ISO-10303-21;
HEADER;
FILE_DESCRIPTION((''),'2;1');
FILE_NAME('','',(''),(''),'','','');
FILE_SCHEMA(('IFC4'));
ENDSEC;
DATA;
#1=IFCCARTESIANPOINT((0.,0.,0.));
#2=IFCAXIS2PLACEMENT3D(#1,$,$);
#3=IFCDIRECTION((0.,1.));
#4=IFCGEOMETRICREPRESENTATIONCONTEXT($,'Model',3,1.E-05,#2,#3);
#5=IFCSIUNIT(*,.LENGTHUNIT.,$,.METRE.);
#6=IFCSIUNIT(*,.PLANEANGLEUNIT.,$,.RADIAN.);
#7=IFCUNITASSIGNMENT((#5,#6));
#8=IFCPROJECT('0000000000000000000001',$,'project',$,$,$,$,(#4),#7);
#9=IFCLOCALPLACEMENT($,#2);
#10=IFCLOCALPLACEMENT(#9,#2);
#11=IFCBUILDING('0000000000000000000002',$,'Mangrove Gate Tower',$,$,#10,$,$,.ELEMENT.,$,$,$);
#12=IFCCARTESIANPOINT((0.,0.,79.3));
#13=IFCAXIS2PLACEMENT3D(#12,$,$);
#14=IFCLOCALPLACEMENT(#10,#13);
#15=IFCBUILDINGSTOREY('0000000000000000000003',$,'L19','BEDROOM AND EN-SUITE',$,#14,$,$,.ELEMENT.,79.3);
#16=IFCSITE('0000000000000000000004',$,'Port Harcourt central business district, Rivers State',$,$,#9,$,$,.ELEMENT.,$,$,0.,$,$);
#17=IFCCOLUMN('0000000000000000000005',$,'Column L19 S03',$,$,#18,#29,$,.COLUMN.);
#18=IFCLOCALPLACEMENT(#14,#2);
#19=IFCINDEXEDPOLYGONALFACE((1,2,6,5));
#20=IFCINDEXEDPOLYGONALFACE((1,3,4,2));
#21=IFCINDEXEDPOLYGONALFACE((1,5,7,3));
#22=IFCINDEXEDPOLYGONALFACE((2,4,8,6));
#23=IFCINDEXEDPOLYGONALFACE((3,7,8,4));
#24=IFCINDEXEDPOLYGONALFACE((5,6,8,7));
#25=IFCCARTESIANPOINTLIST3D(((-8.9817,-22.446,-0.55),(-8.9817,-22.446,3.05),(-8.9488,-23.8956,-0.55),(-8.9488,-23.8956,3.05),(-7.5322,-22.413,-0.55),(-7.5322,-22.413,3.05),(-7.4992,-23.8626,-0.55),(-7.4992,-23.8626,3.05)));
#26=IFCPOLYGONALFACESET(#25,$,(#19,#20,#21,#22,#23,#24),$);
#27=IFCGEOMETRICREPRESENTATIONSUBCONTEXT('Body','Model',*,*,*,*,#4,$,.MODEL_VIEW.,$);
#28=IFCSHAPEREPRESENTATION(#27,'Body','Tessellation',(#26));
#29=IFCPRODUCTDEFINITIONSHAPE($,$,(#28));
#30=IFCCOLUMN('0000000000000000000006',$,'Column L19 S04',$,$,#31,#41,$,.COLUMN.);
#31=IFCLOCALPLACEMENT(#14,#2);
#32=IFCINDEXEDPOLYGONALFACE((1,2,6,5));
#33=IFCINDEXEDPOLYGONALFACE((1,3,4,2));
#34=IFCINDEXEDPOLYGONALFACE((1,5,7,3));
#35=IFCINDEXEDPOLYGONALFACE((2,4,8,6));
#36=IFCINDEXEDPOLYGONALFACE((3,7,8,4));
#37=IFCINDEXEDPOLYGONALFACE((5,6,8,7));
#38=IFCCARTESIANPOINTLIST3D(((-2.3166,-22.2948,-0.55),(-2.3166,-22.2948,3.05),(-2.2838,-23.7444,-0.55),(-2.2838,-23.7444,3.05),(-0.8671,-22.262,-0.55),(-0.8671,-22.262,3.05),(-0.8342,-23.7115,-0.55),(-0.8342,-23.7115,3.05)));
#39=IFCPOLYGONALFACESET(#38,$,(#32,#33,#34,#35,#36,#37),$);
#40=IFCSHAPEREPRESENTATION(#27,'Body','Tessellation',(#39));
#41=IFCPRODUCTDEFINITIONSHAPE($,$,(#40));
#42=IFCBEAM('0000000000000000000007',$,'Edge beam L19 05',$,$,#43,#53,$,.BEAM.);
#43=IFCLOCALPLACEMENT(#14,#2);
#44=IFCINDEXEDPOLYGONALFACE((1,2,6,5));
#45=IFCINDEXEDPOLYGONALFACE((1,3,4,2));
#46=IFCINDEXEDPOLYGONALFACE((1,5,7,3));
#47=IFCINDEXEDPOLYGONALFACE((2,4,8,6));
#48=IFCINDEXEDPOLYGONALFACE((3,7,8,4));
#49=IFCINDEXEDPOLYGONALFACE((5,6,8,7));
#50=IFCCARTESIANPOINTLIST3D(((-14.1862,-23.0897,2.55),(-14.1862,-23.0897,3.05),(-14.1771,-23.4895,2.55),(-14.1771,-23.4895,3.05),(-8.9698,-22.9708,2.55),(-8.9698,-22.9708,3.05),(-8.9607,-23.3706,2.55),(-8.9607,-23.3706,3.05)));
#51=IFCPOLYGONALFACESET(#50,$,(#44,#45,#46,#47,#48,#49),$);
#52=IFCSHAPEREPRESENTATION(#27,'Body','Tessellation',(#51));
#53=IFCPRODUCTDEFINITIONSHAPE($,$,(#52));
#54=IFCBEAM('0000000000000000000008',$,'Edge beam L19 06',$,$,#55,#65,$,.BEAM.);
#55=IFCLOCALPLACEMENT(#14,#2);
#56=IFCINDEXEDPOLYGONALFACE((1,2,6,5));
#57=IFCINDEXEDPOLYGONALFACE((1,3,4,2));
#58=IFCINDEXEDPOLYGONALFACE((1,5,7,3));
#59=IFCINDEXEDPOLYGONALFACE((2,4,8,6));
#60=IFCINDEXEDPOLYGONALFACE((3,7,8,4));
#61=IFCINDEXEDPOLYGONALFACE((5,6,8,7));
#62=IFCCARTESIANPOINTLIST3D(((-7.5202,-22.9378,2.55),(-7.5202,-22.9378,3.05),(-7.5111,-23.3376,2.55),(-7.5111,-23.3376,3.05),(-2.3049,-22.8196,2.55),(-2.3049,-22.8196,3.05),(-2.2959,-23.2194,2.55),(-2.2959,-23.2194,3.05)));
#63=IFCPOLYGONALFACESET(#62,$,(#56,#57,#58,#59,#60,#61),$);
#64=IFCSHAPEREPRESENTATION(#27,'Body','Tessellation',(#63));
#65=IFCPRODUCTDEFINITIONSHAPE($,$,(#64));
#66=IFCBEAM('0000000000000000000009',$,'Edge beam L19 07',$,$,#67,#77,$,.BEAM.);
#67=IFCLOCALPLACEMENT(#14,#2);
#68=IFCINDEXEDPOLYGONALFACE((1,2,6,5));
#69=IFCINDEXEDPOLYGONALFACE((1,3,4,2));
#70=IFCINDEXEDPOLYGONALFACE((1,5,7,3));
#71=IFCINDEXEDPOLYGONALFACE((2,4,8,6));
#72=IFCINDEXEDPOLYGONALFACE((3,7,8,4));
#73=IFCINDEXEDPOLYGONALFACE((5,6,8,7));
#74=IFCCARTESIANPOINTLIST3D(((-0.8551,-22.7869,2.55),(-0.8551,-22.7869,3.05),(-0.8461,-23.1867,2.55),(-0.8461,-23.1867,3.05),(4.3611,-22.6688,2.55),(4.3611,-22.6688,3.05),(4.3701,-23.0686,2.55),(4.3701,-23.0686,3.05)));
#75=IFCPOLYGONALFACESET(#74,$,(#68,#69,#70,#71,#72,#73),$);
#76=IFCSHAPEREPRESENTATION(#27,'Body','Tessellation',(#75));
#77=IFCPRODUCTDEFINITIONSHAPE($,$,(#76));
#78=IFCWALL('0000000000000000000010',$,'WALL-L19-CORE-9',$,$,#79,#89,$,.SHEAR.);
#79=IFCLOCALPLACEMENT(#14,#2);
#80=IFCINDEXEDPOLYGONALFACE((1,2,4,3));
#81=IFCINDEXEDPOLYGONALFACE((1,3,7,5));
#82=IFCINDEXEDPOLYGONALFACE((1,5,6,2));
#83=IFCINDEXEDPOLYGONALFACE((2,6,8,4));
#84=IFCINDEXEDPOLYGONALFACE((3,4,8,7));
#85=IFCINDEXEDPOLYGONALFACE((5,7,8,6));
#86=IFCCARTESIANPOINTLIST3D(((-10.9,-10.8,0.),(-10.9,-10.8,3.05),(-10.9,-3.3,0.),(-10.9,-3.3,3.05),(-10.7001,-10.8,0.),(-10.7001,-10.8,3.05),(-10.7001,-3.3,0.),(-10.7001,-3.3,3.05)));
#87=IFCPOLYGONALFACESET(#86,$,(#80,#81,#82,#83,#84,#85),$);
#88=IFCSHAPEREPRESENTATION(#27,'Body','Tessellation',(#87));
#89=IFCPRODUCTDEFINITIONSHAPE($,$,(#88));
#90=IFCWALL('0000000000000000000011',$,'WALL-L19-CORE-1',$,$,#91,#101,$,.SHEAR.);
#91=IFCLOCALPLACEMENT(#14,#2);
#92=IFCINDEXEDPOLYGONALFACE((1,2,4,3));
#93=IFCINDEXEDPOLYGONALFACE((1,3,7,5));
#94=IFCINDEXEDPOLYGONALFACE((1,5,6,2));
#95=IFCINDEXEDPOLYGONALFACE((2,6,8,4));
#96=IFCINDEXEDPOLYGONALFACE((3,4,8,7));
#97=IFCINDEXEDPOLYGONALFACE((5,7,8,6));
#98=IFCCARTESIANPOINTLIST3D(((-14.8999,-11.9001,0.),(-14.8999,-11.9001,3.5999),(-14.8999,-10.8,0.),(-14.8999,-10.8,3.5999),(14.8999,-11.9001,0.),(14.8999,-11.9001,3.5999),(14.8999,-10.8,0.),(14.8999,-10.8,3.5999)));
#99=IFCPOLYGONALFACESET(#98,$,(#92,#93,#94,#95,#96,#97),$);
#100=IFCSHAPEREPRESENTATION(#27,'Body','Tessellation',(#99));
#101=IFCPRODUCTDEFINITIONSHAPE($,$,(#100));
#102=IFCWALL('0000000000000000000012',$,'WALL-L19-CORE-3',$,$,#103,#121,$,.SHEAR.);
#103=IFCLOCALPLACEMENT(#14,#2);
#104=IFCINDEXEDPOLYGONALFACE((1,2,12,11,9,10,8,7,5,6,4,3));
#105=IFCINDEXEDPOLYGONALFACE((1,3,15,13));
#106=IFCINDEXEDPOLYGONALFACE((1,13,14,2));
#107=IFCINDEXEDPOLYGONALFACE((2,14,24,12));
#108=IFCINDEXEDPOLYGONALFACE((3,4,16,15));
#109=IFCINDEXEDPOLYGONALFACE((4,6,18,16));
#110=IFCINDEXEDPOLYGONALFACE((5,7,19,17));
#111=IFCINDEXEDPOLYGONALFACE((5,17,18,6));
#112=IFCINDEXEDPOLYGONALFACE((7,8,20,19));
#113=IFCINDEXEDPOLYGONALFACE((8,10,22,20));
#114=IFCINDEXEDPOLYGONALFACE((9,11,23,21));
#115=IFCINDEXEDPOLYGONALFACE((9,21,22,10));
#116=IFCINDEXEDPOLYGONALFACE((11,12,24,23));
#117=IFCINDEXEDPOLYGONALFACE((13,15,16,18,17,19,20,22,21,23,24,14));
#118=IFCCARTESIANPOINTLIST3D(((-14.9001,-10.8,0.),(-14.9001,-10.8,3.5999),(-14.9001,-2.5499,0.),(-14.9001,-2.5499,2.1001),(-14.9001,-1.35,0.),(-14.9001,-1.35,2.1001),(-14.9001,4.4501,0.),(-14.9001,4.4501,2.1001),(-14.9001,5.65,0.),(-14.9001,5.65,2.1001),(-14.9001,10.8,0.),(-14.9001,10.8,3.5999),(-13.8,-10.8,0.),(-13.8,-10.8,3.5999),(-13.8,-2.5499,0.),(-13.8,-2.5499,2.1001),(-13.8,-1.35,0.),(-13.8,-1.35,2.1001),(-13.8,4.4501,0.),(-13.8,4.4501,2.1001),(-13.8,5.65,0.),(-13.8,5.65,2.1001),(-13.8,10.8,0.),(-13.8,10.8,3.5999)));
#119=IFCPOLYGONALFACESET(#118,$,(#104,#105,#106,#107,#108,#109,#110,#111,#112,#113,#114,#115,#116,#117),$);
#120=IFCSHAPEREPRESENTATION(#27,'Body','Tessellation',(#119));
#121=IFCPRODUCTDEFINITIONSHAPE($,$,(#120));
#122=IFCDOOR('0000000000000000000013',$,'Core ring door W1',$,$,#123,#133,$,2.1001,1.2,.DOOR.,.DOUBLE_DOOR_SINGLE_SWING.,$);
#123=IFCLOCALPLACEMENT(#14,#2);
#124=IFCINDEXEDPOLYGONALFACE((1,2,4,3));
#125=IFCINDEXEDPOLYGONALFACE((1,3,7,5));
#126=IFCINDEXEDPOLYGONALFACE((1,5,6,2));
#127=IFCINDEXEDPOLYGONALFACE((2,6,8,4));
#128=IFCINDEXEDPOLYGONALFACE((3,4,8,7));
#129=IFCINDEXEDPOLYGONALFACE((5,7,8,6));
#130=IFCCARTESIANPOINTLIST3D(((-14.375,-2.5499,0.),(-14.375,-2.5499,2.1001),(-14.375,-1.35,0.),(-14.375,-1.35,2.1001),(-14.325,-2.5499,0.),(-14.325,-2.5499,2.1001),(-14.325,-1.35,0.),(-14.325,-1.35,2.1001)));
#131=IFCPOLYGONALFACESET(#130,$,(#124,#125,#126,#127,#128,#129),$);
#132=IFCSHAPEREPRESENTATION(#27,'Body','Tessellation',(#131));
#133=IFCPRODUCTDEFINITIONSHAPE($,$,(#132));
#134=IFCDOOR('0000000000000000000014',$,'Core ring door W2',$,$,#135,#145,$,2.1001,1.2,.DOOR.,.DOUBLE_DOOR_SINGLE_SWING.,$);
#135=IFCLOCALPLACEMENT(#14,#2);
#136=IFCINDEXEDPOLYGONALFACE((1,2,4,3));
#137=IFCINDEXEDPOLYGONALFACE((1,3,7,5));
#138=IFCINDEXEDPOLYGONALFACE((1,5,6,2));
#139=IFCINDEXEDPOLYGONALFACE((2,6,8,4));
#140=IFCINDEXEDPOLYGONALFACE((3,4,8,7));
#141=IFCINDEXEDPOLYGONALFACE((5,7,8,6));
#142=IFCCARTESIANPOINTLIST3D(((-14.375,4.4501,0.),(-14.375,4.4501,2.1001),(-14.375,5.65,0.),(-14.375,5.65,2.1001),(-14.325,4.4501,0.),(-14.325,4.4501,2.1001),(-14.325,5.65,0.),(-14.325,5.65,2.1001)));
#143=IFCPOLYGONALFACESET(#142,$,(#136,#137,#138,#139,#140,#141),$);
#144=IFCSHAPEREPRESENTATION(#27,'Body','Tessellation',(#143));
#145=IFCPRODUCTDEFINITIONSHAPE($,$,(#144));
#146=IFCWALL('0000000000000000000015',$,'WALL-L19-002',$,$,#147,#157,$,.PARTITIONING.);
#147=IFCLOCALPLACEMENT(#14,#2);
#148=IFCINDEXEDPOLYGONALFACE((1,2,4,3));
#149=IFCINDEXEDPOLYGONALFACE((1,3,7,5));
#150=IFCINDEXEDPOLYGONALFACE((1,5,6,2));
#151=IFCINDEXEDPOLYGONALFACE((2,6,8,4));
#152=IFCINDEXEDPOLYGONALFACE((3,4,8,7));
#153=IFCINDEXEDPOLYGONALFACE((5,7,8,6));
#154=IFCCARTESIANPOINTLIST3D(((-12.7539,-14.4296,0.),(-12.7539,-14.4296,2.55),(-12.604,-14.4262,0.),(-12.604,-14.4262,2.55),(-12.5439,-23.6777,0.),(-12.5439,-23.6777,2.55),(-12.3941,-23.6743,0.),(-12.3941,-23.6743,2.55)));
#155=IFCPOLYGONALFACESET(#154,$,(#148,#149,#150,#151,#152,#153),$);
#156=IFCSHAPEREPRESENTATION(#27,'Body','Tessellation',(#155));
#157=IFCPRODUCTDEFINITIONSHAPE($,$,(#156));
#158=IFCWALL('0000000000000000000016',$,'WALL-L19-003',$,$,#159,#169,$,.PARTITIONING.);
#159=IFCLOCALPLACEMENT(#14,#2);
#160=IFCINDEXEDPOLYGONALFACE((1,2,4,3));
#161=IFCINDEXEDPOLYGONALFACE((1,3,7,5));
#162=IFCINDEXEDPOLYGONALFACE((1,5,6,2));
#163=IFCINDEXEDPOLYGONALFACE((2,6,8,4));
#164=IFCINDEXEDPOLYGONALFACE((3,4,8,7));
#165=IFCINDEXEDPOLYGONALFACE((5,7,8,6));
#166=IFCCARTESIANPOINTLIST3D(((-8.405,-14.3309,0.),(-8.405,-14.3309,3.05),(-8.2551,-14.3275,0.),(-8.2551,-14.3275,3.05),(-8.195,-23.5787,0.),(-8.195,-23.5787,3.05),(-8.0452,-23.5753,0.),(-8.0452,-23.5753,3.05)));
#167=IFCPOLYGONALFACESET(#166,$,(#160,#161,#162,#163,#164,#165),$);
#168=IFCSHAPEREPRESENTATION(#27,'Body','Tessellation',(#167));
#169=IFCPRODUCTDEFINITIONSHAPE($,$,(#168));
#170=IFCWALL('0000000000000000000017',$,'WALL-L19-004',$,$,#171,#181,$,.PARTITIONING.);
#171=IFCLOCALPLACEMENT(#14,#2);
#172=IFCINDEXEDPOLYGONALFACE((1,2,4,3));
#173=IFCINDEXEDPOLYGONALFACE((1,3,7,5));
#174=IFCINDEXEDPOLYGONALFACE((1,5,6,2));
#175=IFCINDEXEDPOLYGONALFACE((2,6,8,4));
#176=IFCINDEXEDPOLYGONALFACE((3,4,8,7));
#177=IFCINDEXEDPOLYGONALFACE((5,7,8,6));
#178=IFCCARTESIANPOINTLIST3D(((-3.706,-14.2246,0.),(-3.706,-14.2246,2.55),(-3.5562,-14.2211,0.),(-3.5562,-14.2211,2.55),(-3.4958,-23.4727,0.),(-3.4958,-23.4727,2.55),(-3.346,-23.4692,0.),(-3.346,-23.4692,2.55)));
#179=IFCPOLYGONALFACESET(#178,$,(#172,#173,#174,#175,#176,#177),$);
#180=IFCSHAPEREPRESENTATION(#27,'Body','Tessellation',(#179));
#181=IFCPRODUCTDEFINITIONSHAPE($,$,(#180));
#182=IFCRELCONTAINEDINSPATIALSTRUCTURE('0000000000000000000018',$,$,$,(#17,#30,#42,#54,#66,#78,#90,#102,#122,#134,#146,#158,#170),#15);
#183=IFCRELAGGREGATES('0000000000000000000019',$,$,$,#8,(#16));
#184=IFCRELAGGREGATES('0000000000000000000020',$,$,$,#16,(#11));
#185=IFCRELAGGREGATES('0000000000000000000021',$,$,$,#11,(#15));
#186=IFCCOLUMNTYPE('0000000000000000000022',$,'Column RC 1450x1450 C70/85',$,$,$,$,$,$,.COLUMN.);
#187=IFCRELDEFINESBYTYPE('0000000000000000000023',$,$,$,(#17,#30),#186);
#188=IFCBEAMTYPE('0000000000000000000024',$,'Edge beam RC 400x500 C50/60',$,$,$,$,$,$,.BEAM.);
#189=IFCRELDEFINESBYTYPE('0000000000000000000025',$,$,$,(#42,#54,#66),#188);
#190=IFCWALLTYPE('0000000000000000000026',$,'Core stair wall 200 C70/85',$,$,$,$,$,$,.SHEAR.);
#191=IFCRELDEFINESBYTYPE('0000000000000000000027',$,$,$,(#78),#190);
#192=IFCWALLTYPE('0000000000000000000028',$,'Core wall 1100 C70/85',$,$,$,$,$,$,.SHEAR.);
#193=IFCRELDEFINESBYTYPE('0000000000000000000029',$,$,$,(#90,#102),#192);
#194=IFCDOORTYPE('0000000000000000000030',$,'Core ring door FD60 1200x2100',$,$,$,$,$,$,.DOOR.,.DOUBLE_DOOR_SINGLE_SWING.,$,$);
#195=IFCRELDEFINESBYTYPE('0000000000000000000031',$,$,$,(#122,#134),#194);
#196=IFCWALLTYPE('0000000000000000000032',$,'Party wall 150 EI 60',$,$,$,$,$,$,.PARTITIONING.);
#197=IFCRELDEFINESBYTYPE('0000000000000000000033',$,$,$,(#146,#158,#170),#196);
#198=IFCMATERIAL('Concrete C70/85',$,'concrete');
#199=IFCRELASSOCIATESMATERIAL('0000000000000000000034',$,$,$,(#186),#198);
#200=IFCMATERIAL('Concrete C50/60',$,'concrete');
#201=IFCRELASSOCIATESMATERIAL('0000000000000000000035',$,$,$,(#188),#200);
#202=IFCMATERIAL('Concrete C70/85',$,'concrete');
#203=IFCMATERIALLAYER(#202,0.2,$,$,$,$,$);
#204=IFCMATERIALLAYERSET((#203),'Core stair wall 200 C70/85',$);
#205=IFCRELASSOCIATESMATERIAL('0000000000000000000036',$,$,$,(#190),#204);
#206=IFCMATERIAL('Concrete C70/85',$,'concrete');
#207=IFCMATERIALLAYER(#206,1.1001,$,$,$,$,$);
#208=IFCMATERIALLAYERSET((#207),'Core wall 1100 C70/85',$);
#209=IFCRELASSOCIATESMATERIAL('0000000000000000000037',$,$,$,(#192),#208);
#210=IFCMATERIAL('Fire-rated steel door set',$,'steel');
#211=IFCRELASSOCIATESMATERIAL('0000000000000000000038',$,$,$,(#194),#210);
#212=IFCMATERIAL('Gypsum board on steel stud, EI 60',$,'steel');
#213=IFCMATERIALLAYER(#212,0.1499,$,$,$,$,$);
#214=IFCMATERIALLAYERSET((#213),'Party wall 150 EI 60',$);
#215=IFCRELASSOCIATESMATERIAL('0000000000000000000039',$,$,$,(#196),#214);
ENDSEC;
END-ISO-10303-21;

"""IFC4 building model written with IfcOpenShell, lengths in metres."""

from ifc_helpers import new_model, si_unit, direction, frame, frame_2d, origin, origin_2d, place, context, subcontext, project, spatial, rectangle, extrude, material, layer, layer_set, material_profile, profile_set, type_object, element, fill, save


model = new_model("IFC4")

# Units and contexts
model_context = context("Model", 3, precision=1e-05, world=origin(), true_north=direction((0.0, 1.0)))
body_context = subcontext(model_context, "Body", "Model", "MODEL_VIEW")
ifc_project = project(units=[si_unit("LENGTHUNIT", "METRE"), si_unit("PLANEANGLEUNIT", "RADIAN")], contexts=[model_context])

# Site, building, storey
site_placement = place(None, origin())
site = spatial("IfcSite", under=ifc_project, at=site_placement, Name="Port Harcourt central business district, Rivers State", CompositionType="ELEMENT", RefElevation=0.0)
building_placement = place(site_placement, origin())
building = spatial("IfcBuilding", under=site, at=building_placement, Name="Mangrove Gate Tower", CompositionType="ELEMENT")
storey_placement = place(building_placement, frame((0.0, 0.0, 79.3)))
storey = spatial("IfcBuildingStorey", under=building, at=storey_placement, Name="L19", Description="BEDROOM AND EN-SUITE", CompositionType="ELEMENT", Elevation=79.3)

# Columns
ifc_material_1 = material(Name="Concrete C70/85", Category="concrete")
ifc_material_profile_1 = material_profile(ifc_material_1, rectangle(XDim=1.45, YDim=1.45, at=origin_2d()))
ifc_profile_set_1 = profile_set([ifc_material_profile_1], Name="Concrete C70/85")
column_type = type_object("IfcColumnType", Name="Column RC 1450x1450 C70/85", PredefinedType="COLUMN", material=ifc_profile_set_1)
for number, where, z_axis, x_axis, name in (
    (1, (-8.2405, -23.1543, -0.55), (0.0, 0.0, 1.0), (0.999742, 0.022723, 0.0), "Column L19 S03"),
    (2, (-1.5754, -23.0032, -0.55), (0.0, 0.0, 1.0), (0.999743, 0.022648, 0.0), "Column L19 S04"),
):
    element("IfcColumn", number, at=place(storey_placement, frame(where, z_axis=z_axis, x_axis=x_axis)), inside=storey, type_object=column_type, Name=name, PredefinedType="COLUMN", context=body_context, shape_type="SweptSolid", body=[
        extrude(rectangle(XDim=1.45, YDim=1.45, at=origin_2d()), origin(), (0.0, 0.0, 1.0), 3.6001),
    ])

# Beams
ifc_material_2 = material(Name="Concrete C50/60", Category="concrete")
ifc_material_profile_2 = material_profile(ifc_material_2, rectangle(XDim=0.3999, YDim=0.5, at=origin_2d()))
ifc_profile_set_2 = profile_set([ifc_material_profile_2], Name="Concrete C50/60")
beam_type = type_object("IfcBeamType", Name="Edge beam RC 400x500 C50/60", PredefinedType="BEAM", material=ifc_profile_set_2)
beam_1_placement = place(storey_placement, frame((-14.1816, -23.2896, 2.8), z_axis=(0.99974, 0.022787, 0.0), x_axis=(-0.022787, 0.99974, 0.0)))
element("IfcBeam", 3, at=beam_1_placement, inside=storey, type_object=beam_type, Name="Edge beam L19 05", PredefinedType="BEAM", context=body_context, shape_type="SweptSolid", body=[
    extrude(rectangle(XDim=0.3999, YDim=0.5, at=origin_2d()), origin(), (0.0, 0.0, 1.0), 5.2178),
])
beam_2_placement = place(storey_placement, frame((-7.5156, -23.1377, 2.8), z_axis=(0.999743, 0.022651, 0.0), x_axis=(-0.022651, 0.999743, 0.0)))
element("IfcBeam", 4, at=beam_2_placement, inside=storey, type_object=beam_type, Name="Edge beam L19 06", PredefinedType="BEAM", context=body_context, shape_type="SweptSolid", body=[
    extrude(rectangle(XDim=0.3999, YDim=0.5, at=origin_2d()), origin(), (0.0, 0.0, 1.0), 5.2166),
])
beam_3_placement = place(storey_placement, frame((-0.8506, -22.9868, 2.8), z_axis=(0.999744, 0.022647, 0.0), x_axis=(-0.022647, 0.999744, 0.0)))
element("IfcBeam", 5, at=beam_3_placement, inside=storey, type_object=beam_type, Name="Edge beam L19 07", PredefinedType="BEAM", context=body_context, shape_type="SweptSolid", body=[
    extrude(rectangle(XDim=0.3999, YDim=0.5, at=origin_2d()), origin(), (0.0, 0.0, 1.0), 5.2175),
])

# Walls
ifc_material_3 = material(Name="Concrete C70/85", Category="concrete")
ifc_layer_1 = layer(ifc_material_3, 0.2)
ifc_layer_set_1 = layer_set([ifc_layer_1], Name="Core stair wall 200 C70/85")
wall_type_1 = type_object("IfcWallType", Name="Core stair wall 200 C70/85", PredefinedType="SHEAR", material=ifc_layer_set_1)
wall_1_placement = place(storey_placement, frame((-10.8, -10.8, 0.0), z_axis=(0.0, 0.0, 1.0), x_axis=(0.0, 1.0, 0.0)))
element("IfcWall", 6, at=wall_1_placement, inside=storey, type_object=wall_type_1, Name="WALL-L19-CORE-9", PredefinedType="SHEAR", context=body_context, shape_type="SweptSolid", body=[
    extrude(rectangle(XDim=7.5, YDim=0.2, at=frame_2d((3.75, 0.0))), origin(), (0.0, 0.0, 1.0), 3.05),
])
ifc_material_4 = material(Name="Concrete C70/85", Category="concrete")
ifc_layer_2 = layer(ifc_material_4, 1.1001)
ifc_layer_set_2 = layer_set([ifc_layer_2], Name="Core wall 1100 C70/85")
wall_type_2 = type_object("IfcWallType", Name="Core wall 1100 C70/85", PredefinedType="SHEAR", material=ifc_layer_set_2)
wall_2_placement = place(storey_placement, frame((-14.8999, -11.3501, 0.0), z_axis=(0.0, 0.0, 1.0), x_axis=(1.0, 0.0, 0.0)))
element("IfcWall", 7, at=wall_2_placement, inside=storey, type_object=wall_type_2, Name="WALL-L19-CORE-1", PredefinedType="SHEAR", context=body_context, shape_type="SweptSolid", body=[
    extrude(rectangle(XDim=29.7998, YDim=1.1001, at=frame_2d((14.8999, 0.0))), origin(), (0.0, 0.0, 1.0), 3.5999),
])

# Wall, openings, doors
wall_3_placement = place(storey_placement, frame((-14.3501, -10.8, 0.0), z_axis=(0.0, 0.0, 1.0), x_axis=(0.0, 1.0, 0.0)))
wall_3 = element("IfcWall", 8, at=wall_3_placement, inside=storey, type_object=wall_type_2, Name="WALL-L19-CORE-3", PredefinedType="SHEAR", context=body_context, shape_type="SweptSolid", body=[
    extrude(rectangle(XDim=21.6001, YDim=1.1001, at=frame_2d((10.8, 0.0))), origin(), (0.0, 0.0, 1.0), 3.5999),
])
opening_1_placement = place(wall_3_placement, frame((8.25, 0.0, 0.0)))
opening_1 = element("IfcOpeningElement", 9, at=opening_1_placement, cuts=wall_3, PredefinedType="OPENING", context=body_context, shape_type="SweptSolid", body=[
    extrude(rectangle(XDim=1.2, YDim=2.1001, at=frame_2d((0.6001, 1.05))), frame((0.0, 0.5601, 0.0), z_axis=(0.0, -1.0, 0.0), x_axis=(1.0, 0.0, 0.0)), (0.0, 0.0, 1.0), 1.1201),
])
opening_2_placement = place(wall_3_placement, frame((15.25, 0.0, 0.0)))
opening_2 = element("IfcOpeningElement", 10, at=opening_2_placement, cuts=wall_3, PredefinedType="OPENING", context=body_context, shape_type="SweptSolid", body=[
    extrude(rectangle(XDim=1.2, YDim=2.1001, at=frame_2d((0.6001, 1.05))), frame((0.0, 0.5601, 0.0), z_axis=(0.0, -1.0, 0.0), x_axis=(1.0, 0.0, 0.0)), (0.0, 0.0, 1.0), 1.1201),
])
ifc_material_5 = material(Name="Fire-rated steel door set", Category="steel")
door_type_1 = type_object("IfcDoorType", Name="Core ring door FD60 1200x2100", OperationType="DOUBLE_DOOR_SINGLE_SWING", PredefinedType="DOOR", material=ifc_material_5)
door_1_placement = place(opening_1_placement, origin())
door_1 = element("IfcDoor", 11, at=door_1_placement, inside=storey, type_object=door_type_1, Name="Core ring door W1", OperationType="DOUBLE_DOOR_SINGLE_SWING", OverallHeight=2.1001, OverallWidth=1.2, PredefinedType="DOOR", context=body_context, shape_type="SweptSolid", body=[
    extrude(rectangle(XDim=1.2, YDim=2.1001, at=frame_2d((0.6001, 1.05))), frame((0.0, 0.0249, 0.0), z_axis=(0.0, -1.0, 0.0), x_axis=(1.0, 0.0, 0.0)), (0.0, 0.0, 1.0), 0.05),
])
fill(opening_1, door_1)
door_2_placement = place(opening_2_placement, origin())
door_2 = element("IfcDoor", 12, at=door_2_placement, inside=storey, type_object=door_type_1, Name="Core ring door W2", OperationType="DOUBLE_DOOR_SINGLE_SWING", OverallHeight=2.1001, OverallWidth=1.2, PredefinedType="DOOR", context=body_context, shape_type="SweptSolid", body=[
    extrude(rectangle(XDim=1.2, YDim=2.1001, at=frame_2d((0.6001, 1.05))), frame((0.0, 0.0249, 0.0), z_axis=(0.0, -1.0, 0.0), x_axis=(1.0, 0.0, 0.0)), (0.0, 0.0, 1.0), 0.05),
])
fill(opening_2, door_2)

# Walls
ifc_material_6 = material(Name="Gypsum board on steel stud, EI 60", Category="steel")
ifc_layer_3 = layer(ifc_material_6, 0.1499)
ifc_layer_set_3 = layer_set([ifc_layer_3], Name="Party wall 150 EI 60")
wall_type_3 = type_object("IfcWallType", Name="Party wall 150 EI 60", PredefinedType="PARTITIONING", material=ifc_layer_set_3)
wall_4_placement = place(storey_placement, frame((-12.469, -23.676, 0.0), z_axis=(0.0, 0.0, 1.0), x_axis=(-0.022697, 0.999742, 0.0)))
element("IfcWall", 13, at=wall_4_placement, inside=storey, type_object=wall_type_3, Name="WALL-L19-002", PredefinedType="PARTITIONING", context=body_context, shape_type="SweptSolid", body=[
    extrude(rectangle(XDim=9.2505, YDim=0.1499, at=frame_2d((4.6252, 0.0))), origin(), (0.0, 0.0, 1.0), 2.55),
])
wall_5_placement = place(storey_placement, frame((-8.1201, -23.5769, 0.0), z_axis=(0.0, 0.0, 1.0), x_axis=(-0.022698, 0.999742, 0.0)))
element("IfcWall", 14, at=wall_5_placement, inside=storey, type_object=wall_type_3, Name="WALL-L19-003", PredefinedType="PARTITIONING", context=body_context, shape_type="SweptSolid", body=[
    extrude(rectangle(XDim=9.2502, YDim=0.1499, at=frame_2d((4.625, 0.0))), origin(), (0.0, 0.0, 1.0), 3.05),
])
wall_6_placement = place(storey_placement, frame((-3.4209, -23.4709, 0.0), z_axis=(0.0, 0.0, 1.0), x_axis=(-0.022724, 0.999742, 0.0)))
element("IfcWall", 15, at=wall_6_placement, inside=storey, type_object=wall_type_3, Name="WALL-L19-004", PredefinedType="PARTITIONING", context=body_context, shape_type="SweptSolid", body=[
    extrude(rectangle(XDim=9.2505, YDim=0.1499, at=frame_2d((4.6252, 0.0))), origin(), (0.0, 0.0, 1.0), 2.55),
])

save(model, "model.ifc")
